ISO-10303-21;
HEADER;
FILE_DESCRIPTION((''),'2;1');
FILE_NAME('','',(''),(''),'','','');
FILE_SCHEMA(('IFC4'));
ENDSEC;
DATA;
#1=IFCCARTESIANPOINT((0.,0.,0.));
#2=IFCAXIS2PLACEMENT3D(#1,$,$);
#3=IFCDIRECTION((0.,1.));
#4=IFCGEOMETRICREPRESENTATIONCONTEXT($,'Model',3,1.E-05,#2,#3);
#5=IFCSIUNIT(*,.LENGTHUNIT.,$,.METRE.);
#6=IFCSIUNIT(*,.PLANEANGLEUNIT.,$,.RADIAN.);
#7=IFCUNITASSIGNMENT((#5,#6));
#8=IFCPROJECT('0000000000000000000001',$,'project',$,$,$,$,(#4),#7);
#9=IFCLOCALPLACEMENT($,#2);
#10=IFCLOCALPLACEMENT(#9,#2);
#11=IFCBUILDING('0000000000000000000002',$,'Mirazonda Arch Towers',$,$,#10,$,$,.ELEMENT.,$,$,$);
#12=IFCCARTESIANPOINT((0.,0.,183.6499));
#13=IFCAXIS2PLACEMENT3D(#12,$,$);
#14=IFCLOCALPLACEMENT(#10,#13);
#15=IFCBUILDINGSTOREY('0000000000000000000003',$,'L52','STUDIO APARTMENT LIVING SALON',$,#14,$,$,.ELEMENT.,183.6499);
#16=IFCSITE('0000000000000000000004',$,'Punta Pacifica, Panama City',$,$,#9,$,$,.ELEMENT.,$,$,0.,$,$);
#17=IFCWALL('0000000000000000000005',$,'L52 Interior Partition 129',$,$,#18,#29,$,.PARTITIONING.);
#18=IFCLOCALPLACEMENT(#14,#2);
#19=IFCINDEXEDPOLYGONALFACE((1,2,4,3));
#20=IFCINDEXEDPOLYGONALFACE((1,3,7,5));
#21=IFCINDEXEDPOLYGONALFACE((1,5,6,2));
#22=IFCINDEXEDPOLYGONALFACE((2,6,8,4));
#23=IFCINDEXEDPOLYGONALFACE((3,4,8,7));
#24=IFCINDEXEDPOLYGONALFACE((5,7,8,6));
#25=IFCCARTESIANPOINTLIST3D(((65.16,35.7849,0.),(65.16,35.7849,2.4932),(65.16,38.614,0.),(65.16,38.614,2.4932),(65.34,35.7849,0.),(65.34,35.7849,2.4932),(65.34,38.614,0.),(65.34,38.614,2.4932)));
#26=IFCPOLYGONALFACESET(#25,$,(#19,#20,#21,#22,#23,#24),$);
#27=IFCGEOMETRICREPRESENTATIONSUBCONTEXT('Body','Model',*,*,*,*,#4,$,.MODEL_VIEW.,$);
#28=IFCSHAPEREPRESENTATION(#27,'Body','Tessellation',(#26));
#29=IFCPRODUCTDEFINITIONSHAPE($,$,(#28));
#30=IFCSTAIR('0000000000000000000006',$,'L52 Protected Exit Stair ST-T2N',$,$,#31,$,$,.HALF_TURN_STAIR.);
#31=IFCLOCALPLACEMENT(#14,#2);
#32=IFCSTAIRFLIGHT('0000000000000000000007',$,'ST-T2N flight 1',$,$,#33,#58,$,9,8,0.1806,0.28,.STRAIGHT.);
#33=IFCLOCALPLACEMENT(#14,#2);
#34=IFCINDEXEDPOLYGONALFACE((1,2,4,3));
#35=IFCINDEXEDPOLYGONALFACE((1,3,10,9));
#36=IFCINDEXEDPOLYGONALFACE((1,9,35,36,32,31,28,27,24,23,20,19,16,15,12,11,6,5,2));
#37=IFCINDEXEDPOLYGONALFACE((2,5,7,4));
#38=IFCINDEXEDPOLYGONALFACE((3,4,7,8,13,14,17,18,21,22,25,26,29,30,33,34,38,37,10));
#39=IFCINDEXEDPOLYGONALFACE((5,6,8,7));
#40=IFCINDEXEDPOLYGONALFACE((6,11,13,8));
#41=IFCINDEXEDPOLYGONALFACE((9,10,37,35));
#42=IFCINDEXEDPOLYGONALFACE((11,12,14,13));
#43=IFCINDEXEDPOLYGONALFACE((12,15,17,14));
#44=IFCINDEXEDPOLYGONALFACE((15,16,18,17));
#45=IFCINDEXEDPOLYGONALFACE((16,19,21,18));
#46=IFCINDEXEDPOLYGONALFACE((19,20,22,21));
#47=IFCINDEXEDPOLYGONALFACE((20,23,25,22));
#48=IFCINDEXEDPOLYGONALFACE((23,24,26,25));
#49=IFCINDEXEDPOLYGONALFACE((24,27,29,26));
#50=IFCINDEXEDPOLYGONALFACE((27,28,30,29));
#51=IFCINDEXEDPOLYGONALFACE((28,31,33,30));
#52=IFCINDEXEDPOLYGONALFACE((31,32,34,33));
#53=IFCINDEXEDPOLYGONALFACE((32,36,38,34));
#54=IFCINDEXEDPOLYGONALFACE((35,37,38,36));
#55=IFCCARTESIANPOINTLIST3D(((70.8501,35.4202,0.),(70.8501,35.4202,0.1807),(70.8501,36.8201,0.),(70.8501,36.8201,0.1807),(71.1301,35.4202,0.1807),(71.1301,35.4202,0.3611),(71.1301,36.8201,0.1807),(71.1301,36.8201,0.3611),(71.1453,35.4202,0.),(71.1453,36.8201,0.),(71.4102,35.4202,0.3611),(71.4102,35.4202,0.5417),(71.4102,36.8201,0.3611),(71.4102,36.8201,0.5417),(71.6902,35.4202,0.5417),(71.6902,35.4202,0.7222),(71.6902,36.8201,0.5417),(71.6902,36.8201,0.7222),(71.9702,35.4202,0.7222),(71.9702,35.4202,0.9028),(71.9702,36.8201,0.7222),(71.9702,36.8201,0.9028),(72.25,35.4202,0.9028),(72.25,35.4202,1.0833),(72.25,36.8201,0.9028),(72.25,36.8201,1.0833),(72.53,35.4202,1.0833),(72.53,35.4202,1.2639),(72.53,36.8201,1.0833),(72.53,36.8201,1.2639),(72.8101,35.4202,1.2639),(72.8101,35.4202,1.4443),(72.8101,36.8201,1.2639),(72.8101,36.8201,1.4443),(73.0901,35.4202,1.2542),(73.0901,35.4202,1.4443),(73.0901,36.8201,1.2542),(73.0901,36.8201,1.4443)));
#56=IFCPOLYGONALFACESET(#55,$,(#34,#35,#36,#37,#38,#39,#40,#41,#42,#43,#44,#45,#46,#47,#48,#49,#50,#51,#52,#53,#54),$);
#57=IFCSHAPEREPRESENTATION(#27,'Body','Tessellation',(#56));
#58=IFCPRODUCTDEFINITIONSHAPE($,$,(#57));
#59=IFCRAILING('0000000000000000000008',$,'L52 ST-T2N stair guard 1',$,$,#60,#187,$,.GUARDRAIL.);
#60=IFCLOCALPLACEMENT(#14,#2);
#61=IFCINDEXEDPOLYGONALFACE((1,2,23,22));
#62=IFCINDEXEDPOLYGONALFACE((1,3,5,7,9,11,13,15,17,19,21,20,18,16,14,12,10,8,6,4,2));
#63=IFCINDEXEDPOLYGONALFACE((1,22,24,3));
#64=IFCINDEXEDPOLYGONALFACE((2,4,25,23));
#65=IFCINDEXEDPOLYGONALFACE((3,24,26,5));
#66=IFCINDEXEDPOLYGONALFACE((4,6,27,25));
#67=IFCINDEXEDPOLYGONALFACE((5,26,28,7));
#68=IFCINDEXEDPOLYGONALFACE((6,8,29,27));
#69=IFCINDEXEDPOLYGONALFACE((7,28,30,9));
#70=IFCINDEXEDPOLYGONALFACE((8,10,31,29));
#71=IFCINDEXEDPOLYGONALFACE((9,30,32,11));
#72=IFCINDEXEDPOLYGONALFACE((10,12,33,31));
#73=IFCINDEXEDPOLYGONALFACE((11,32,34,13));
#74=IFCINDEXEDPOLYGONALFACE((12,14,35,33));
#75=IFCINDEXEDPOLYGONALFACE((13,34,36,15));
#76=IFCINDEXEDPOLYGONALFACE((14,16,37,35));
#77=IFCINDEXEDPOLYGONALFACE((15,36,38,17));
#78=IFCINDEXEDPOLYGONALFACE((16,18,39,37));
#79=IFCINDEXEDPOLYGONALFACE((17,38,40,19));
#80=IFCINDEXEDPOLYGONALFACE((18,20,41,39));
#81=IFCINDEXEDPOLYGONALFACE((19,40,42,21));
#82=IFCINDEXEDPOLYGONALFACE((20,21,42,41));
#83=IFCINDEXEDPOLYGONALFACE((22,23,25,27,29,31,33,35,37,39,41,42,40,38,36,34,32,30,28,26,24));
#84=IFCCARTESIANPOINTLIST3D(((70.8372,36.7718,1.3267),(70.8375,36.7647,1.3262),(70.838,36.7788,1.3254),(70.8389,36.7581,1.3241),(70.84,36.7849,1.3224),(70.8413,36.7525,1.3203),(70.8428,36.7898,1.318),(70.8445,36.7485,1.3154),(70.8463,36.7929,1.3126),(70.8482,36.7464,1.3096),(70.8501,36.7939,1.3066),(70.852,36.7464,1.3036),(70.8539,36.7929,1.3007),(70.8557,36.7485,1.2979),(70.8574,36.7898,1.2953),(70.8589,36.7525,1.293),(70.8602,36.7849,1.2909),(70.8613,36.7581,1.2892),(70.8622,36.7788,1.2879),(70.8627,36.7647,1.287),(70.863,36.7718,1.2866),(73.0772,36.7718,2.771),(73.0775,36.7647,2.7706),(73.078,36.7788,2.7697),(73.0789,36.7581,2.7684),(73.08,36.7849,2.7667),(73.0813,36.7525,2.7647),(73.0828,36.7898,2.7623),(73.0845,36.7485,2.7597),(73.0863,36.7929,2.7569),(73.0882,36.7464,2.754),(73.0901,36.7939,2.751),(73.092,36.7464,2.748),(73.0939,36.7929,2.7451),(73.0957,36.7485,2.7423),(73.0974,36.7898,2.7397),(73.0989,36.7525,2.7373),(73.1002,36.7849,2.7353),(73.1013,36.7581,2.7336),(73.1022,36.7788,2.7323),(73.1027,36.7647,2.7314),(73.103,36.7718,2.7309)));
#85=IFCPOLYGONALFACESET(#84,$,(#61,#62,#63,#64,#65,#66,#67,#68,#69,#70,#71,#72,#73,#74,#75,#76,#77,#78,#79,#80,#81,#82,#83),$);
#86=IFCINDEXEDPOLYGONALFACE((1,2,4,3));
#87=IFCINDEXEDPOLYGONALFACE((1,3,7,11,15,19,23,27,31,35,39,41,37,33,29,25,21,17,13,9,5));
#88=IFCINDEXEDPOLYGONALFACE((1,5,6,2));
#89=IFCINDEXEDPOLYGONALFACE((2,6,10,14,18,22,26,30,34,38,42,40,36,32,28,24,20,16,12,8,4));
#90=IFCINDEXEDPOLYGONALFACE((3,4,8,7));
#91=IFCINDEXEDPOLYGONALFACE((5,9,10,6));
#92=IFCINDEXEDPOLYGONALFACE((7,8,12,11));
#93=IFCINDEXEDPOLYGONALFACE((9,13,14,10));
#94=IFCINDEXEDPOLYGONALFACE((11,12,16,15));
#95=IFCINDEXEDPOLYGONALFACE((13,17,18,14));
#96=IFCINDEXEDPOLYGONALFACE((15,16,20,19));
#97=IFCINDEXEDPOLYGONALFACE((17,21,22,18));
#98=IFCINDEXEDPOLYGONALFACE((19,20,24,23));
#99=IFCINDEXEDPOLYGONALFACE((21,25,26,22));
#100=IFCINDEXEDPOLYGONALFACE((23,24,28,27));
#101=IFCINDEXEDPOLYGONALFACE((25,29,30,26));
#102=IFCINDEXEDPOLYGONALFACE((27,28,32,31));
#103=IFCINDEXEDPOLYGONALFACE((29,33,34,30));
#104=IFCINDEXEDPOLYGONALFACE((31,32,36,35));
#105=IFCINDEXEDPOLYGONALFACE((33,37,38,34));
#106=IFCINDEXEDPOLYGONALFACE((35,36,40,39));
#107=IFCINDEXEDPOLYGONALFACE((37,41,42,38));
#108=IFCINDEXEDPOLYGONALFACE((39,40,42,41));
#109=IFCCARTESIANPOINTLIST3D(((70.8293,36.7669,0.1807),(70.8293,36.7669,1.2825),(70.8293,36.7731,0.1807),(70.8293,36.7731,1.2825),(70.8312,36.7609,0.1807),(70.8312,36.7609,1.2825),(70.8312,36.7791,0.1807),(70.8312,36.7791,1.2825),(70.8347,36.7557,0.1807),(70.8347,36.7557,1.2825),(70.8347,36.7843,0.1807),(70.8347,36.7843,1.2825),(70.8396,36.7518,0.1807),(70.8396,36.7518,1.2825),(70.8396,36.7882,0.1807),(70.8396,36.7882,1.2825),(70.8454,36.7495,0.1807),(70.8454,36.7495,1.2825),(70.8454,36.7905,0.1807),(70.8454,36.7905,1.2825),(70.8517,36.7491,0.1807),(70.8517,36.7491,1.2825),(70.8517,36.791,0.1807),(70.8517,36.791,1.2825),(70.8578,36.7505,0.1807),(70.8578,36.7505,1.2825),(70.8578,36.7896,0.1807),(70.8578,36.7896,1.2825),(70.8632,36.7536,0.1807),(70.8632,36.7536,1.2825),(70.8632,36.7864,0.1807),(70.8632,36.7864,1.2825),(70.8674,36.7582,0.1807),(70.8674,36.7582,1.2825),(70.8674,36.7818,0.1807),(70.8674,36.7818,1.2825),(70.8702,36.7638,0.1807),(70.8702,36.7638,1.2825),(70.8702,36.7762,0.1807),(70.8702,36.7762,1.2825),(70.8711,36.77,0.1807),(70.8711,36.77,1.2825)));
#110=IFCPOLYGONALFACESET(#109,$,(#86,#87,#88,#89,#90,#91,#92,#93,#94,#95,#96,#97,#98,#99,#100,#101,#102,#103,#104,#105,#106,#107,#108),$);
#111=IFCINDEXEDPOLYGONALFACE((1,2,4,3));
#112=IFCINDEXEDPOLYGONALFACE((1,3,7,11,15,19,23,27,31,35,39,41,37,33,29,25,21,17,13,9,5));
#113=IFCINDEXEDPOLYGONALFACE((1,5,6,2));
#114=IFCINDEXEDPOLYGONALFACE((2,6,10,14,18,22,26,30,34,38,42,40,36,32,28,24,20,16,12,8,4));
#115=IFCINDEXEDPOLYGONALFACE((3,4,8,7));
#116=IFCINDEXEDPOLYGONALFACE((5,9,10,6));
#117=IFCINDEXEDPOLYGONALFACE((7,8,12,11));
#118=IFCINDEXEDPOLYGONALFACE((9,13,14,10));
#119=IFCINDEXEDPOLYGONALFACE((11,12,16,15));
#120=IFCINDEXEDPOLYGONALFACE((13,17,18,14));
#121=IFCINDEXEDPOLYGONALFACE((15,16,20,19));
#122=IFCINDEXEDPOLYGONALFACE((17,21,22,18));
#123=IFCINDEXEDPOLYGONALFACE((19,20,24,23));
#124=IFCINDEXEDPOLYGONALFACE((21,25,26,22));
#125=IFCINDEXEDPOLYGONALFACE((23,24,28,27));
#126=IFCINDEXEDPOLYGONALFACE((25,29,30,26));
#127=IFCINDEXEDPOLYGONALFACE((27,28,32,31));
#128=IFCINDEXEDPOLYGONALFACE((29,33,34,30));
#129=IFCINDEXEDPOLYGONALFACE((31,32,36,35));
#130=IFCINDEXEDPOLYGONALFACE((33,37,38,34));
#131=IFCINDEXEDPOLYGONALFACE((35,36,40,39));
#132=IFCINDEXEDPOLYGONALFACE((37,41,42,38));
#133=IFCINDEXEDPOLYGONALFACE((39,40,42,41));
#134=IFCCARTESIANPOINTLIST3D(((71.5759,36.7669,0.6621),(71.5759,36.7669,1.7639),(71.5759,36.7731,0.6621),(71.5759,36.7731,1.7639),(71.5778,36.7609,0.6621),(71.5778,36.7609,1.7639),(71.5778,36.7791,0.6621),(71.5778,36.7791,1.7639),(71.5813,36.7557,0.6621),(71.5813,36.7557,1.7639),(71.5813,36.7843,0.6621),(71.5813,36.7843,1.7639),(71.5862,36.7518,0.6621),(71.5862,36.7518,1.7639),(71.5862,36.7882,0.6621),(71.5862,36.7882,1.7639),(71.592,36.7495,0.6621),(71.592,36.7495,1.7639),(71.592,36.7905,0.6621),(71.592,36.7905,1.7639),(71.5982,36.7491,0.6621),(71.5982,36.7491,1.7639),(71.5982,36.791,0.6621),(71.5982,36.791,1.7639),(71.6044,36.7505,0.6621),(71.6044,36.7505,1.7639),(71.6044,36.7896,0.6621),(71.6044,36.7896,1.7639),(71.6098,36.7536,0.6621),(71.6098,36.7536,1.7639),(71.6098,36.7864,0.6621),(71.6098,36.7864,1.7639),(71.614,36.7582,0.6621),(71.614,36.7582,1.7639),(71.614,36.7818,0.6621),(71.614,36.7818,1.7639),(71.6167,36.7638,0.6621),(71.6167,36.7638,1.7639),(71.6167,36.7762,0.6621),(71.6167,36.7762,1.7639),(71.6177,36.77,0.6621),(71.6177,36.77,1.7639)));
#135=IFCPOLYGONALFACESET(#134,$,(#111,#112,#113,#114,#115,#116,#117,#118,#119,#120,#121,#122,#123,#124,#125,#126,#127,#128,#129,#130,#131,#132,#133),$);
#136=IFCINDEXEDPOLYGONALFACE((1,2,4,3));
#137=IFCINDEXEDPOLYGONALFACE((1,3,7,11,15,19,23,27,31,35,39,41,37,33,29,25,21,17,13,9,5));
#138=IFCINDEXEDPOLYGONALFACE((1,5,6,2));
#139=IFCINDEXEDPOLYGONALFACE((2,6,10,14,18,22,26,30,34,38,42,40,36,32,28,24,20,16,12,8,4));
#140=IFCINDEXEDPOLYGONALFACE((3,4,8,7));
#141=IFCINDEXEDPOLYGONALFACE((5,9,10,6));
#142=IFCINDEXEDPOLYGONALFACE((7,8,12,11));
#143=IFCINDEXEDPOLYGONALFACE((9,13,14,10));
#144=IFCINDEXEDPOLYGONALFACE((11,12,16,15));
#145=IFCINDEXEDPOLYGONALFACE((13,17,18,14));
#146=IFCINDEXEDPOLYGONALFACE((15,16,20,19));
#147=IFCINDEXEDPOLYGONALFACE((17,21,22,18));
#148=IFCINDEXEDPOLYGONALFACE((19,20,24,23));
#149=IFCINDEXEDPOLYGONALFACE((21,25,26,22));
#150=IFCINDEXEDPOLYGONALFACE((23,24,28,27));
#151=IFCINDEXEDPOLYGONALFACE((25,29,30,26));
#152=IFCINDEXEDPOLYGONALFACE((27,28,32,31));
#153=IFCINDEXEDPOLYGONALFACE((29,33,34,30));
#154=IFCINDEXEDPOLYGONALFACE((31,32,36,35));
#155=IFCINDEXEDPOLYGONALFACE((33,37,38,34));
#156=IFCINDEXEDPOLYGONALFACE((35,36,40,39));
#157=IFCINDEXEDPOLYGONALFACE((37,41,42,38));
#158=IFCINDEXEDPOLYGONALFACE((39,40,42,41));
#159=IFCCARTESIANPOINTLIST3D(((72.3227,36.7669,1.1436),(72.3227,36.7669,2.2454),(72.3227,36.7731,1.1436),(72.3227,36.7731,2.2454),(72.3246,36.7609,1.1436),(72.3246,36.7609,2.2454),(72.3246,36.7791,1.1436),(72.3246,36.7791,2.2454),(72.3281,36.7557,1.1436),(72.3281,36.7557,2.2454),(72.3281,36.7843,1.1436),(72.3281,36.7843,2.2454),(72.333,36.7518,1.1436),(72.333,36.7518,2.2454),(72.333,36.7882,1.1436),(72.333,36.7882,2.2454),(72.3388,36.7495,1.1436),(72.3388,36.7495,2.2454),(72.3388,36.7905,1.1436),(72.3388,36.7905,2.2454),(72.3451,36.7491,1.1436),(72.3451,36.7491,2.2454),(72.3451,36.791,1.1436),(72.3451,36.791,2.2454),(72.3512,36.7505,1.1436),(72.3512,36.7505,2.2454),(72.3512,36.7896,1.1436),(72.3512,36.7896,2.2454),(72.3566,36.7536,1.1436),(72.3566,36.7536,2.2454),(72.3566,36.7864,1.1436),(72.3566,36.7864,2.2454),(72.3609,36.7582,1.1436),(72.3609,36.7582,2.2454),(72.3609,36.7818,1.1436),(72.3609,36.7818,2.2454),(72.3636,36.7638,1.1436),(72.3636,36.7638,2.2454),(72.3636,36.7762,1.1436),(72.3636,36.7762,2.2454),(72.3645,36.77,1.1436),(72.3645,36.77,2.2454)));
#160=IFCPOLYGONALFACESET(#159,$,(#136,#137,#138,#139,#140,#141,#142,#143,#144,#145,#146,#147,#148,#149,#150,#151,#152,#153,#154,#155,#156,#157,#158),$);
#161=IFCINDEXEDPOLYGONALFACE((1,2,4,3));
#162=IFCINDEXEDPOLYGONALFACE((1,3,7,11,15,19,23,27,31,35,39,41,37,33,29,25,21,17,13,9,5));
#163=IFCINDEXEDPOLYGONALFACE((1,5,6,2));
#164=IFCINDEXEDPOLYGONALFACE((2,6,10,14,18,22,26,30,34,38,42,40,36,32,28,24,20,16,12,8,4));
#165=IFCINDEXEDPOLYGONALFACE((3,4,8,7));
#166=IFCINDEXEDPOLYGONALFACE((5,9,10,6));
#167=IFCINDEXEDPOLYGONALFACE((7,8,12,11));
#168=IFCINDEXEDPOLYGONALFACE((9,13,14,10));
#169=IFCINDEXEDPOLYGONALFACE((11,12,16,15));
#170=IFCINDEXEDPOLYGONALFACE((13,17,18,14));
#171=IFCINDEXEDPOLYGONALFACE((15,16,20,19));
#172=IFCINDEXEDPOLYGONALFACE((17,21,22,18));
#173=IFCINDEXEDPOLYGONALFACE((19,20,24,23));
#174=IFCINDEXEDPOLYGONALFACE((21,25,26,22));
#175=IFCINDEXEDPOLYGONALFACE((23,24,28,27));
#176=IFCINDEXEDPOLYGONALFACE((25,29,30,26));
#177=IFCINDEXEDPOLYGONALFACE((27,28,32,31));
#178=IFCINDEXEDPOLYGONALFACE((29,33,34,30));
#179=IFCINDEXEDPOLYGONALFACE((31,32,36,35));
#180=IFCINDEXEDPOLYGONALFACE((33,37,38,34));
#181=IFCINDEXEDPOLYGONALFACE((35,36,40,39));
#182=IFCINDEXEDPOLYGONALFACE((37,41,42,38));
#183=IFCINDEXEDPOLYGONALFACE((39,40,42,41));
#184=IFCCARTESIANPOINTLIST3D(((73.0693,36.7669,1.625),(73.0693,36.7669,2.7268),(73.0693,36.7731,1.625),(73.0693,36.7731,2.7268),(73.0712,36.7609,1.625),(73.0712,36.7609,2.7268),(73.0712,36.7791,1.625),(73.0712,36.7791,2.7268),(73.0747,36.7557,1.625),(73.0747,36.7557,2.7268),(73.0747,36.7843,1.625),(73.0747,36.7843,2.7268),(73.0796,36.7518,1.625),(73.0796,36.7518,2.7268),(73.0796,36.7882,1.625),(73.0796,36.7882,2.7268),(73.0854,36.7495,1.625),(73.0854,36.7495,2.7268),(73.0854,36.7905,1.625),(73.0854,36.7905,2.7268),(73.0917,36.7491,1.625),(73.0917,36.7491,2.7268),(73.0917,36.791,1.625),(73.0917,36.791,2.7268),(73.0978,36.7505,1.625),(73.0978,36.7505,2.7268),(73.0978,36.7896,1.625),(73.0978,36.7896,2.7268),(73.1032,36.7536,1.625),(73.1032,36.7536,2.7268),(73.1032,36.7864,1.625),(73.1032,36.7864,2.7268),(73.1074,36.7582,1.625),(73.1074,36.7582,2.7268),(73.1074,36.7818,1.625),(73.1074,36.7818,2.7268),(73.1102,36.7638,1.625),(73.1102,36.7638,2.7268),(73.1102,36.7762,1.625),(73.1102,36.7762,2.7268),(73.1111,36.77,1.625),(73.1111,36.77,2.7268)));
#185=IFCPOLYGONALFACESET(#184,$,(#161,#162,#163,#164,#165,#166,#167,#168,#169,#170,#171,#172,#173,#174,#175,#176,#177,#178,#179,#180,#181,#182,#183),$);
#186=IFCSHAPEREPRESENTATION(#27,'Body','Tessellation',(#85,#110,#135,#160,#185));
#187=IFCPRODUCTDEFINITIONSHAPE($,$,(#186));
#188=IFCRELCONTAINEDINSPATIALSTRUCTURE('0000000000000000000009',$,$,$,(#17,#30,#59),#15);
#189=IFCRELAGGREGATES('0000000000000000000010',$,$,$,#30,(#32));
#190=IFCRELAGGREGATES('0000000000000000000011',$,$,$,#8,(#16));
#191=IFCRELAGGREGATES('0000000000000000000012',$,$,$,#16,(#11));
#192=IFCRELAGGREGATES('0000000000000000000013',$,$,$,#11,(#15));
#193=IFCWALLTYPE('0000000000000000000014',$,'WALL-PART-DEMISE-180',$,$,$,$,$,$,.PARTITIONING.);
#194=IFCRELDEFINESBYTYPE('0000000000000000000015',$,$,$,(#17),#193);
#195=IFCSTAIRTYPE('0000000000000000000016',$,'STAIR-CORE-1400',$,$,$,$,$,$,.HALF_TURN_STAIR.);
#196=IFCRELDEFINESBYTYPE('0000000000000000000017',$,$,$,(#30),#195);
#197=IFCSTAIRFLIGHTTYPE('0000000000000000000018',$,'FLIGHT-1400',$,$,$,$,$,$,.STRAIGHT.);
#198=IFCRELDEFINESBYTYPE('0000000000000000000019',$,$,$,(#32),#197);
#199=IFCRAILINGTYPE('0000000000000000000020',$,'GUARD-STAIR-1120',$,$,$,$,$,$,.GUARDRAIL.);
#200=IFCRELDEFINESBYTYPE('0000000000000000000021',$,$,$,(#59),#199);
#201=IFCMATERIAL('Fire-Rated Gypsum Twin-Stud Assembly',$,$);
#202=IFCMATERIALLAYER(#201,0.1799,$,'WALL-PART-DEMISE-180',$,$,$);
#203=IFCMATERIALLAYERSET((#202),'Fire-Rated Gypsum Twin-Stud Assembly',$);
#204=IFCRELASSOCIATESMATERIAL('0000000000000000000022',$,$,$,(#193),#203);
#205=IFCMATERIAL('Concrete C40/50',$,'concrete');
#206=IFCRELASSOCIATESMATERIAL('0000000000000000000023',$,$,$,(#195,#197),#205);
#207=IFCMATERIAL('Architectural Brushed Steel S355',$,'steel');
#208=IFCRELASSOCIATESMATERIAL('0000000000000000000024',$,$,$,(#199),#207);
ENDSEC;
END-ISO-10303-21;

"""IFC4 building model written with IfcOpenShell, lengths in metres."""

from ifc_helpers import new_model, si_unit, direction, frame, frame_2d, origin, origin_2d, place, context, subcontext, project, spatial, polyline, rectangle, circle, outline, extrude, material, layer, layer_set, type_object, element, aggregate, save


model = new_model("IFC4")

# Units and contexts
model_context = context("Model", 3, precision=1e-05, world=origin(), true_north=direction((0.0, 1.0)))
body_context = subcontext(model_context, "Body", "Model", "MODEL_VIEW")
ifc_project = project(units=[si_unit("LENGTHUNIT", "METRE"), si_unit("PLANEANGLEUNIT", "RADIAN")], contexts=[model_context])

# Site, building, storey
site_placement = place(None, origin())
site = spatial("IfcSite", under=ifc_project, at=site_placement, Name="Punta Pacifica, Panama City", CompositionType="ELEMENT", RefElevation=0.0)
building_placement = place(site_placement, origin())
building = spatial("IfcBuilding", under=site, at=building_placement, Name="Mirazonda Arch Towers", CompositionType="ELEMENT")
storey_placement = place(building_placement, frame((0.0, 0.0, 183.6499)))
storey = spatial("IfcBuildingStorey", under=building, at=storey_placement, Name="L52", Description="STUDIO APARTMENT LIVING SALON", CompositionType="ELEMENT", Elevation=183.6499)

# Wall
ifc_material_1 = material(Name="Fire-Rated Gypsum Twin-Stud Assembly")
ifc_layer_1 = layer(ifc_material_1, 0.1799, Name="WALL-PART-DEMISE-180")
ifc_layer_set_1 = layer_set([ifc_layer_1], Name="Fire-Rated Gypsum Twin-Stud Assembly")
wall_type_1 = type_object("IfcWallType", Name="WALL-PART-DEMISE-180", PredefinedType="PARTITIONING", material=ifc_layer_set_1)
wall_1_placement = place(storey_placement, frame((65.25, 35.7849, 0.0), z_axis=(0.0, 0.0, 1.0), x_axis=(0.0, 1.0, 0.0)))
element("IfcWall", 1, at=wall_1_placement, inside=storey, type_object=wall_type_1, Name="L52 Interior Partition 129", PredefinedType="PARTITIONING", context=body_context, shape_type="SweptSolid", body=[
    extrude(rectangle(XDim=2.8291, YDim=0.1799, at=frame_2d((1.4146, 0.0))), origin(), (0.0, 0.0, 1.0), 2.4932),
])

# Stair, stair flight
ifc_material_2 = material(Name="Concrete C40/50", Category="concrete")
stair_type = type_object("IfcStairType", Name="STAIR-CORE-1400", PredefinedType="HALF_TURN_STAIR", material=ifc_material_2)
stair_placement = place(storey_placement, origin())
stair = element("IfcStair", 2, at=stair_placement, inside=storey, type_object=stair_type, Name="L52 Protected Exit Stair ST-T2N", PredefinedType="HALF_TURN_STAIR")
stair_flight_type = type_object("IfcStairFlightType", Name="FLIGHT-1400", PredefinedType="STRAIGHT", material=ifc_material_2)
stair_flight_placement = place(storey_placement, frame((70.8501, 36.1201, 0.0), z_axis=(0.0, 0.0, 1.0), x_axis=(1.0, 0.0, 0.0)))
stair_flight = element("IfcStairFlight", 3, at=stair_flight_placement, type_object=stair_flight_type, Name="ST-T2N flight 1", NumberOfRisers=9, NumberOfTreads=8, PredefinedType="STRAIGHT", RiserHeight=0.1806, TreadLength=0.28, context=body_context, shape_type="SweptSolid", body=[
    extrude(outline(polyline([(0.0, 0.0), (0.0, 0.1807), (0.28, 0.1807), (0.28, 0.3611), (0.5601, 0.3611), (0.5601, 0.5417), (0.8401, 0.5417), (0.8401, 0.7222), (1.1201, 0.7222), (1.1201, 0.9028), (1.3999, 0.9028), (1.3999, 1.0833), (1.6799, 1.0833), (1.6799, 1.2639), (1.96, 1.2639), (1.96, 1.4443), (2.24, 1.4443), (2.24, 1.625), (2.24, 1.2542), (0.2952, 0.0), (0.0, 0.0)])), frame((0.0, 0.7, 0.0), z_axis=(0.0, -1.0, 0.0), x_axis=(1.0, 0.0, 0.0)), (0.0, 0.0, 1.0), 1.3999),
])
aggregate(stair, [stair_flight])

# Railing
ifc_material_3 = material(Name="Architectural Brushed Steel S355", Category="steel")
railing_type_1 = type_object("IfcRailingType", Name="GUARD-STAIR-1120", PredefinedType="GUARDRAIL", material=ifc_material_3)
railing_1_placement = place(storey_placement, frame((70.8501, 36.77, 0.1807)))
element("IfcRailing", 4, at=railing_1_placement, inside=storey, type_object=railing_type_1, Name="L52 ST-T2N stair guard 1", PredefinedType="GUARDRAIL", context=body_context, shape_type="SweptSolid", body=[
    extrude(circle(Radius=0.0239, at=origin_2d()), frame((0.0, 0.0, 1.126), z_axis=(0.840437, 0.0, 0.54191), x_axis=(0.0, 1.0, 0.0)), (0.0, 0.0, 1.0), 2.6653),
    extrude(circle(Radius=0.021, at=origin_2d()), origin(), (0.0, 0.0, 1.0), 1.1018),
    extrude(circle(Radius=0.021, at=origin_2d()), frame((0.7466, 0.0, 0.4814)), (0.0, 0.0, 1.0), 1.1018),
    extrude(circle(Radius=0.021, at=origin_2d()), frame((1.4934, 0.0, 0.9629)), (0.0, 0.0, 1.0), 1.1018),
    extrude(circle(Radius=0.021, at=origin_2d()), frame((2.24, 0.0, 1.4443)), (0.0, 0.0, 1.0), 1.1018),
])

save(model, "model.ifc")
